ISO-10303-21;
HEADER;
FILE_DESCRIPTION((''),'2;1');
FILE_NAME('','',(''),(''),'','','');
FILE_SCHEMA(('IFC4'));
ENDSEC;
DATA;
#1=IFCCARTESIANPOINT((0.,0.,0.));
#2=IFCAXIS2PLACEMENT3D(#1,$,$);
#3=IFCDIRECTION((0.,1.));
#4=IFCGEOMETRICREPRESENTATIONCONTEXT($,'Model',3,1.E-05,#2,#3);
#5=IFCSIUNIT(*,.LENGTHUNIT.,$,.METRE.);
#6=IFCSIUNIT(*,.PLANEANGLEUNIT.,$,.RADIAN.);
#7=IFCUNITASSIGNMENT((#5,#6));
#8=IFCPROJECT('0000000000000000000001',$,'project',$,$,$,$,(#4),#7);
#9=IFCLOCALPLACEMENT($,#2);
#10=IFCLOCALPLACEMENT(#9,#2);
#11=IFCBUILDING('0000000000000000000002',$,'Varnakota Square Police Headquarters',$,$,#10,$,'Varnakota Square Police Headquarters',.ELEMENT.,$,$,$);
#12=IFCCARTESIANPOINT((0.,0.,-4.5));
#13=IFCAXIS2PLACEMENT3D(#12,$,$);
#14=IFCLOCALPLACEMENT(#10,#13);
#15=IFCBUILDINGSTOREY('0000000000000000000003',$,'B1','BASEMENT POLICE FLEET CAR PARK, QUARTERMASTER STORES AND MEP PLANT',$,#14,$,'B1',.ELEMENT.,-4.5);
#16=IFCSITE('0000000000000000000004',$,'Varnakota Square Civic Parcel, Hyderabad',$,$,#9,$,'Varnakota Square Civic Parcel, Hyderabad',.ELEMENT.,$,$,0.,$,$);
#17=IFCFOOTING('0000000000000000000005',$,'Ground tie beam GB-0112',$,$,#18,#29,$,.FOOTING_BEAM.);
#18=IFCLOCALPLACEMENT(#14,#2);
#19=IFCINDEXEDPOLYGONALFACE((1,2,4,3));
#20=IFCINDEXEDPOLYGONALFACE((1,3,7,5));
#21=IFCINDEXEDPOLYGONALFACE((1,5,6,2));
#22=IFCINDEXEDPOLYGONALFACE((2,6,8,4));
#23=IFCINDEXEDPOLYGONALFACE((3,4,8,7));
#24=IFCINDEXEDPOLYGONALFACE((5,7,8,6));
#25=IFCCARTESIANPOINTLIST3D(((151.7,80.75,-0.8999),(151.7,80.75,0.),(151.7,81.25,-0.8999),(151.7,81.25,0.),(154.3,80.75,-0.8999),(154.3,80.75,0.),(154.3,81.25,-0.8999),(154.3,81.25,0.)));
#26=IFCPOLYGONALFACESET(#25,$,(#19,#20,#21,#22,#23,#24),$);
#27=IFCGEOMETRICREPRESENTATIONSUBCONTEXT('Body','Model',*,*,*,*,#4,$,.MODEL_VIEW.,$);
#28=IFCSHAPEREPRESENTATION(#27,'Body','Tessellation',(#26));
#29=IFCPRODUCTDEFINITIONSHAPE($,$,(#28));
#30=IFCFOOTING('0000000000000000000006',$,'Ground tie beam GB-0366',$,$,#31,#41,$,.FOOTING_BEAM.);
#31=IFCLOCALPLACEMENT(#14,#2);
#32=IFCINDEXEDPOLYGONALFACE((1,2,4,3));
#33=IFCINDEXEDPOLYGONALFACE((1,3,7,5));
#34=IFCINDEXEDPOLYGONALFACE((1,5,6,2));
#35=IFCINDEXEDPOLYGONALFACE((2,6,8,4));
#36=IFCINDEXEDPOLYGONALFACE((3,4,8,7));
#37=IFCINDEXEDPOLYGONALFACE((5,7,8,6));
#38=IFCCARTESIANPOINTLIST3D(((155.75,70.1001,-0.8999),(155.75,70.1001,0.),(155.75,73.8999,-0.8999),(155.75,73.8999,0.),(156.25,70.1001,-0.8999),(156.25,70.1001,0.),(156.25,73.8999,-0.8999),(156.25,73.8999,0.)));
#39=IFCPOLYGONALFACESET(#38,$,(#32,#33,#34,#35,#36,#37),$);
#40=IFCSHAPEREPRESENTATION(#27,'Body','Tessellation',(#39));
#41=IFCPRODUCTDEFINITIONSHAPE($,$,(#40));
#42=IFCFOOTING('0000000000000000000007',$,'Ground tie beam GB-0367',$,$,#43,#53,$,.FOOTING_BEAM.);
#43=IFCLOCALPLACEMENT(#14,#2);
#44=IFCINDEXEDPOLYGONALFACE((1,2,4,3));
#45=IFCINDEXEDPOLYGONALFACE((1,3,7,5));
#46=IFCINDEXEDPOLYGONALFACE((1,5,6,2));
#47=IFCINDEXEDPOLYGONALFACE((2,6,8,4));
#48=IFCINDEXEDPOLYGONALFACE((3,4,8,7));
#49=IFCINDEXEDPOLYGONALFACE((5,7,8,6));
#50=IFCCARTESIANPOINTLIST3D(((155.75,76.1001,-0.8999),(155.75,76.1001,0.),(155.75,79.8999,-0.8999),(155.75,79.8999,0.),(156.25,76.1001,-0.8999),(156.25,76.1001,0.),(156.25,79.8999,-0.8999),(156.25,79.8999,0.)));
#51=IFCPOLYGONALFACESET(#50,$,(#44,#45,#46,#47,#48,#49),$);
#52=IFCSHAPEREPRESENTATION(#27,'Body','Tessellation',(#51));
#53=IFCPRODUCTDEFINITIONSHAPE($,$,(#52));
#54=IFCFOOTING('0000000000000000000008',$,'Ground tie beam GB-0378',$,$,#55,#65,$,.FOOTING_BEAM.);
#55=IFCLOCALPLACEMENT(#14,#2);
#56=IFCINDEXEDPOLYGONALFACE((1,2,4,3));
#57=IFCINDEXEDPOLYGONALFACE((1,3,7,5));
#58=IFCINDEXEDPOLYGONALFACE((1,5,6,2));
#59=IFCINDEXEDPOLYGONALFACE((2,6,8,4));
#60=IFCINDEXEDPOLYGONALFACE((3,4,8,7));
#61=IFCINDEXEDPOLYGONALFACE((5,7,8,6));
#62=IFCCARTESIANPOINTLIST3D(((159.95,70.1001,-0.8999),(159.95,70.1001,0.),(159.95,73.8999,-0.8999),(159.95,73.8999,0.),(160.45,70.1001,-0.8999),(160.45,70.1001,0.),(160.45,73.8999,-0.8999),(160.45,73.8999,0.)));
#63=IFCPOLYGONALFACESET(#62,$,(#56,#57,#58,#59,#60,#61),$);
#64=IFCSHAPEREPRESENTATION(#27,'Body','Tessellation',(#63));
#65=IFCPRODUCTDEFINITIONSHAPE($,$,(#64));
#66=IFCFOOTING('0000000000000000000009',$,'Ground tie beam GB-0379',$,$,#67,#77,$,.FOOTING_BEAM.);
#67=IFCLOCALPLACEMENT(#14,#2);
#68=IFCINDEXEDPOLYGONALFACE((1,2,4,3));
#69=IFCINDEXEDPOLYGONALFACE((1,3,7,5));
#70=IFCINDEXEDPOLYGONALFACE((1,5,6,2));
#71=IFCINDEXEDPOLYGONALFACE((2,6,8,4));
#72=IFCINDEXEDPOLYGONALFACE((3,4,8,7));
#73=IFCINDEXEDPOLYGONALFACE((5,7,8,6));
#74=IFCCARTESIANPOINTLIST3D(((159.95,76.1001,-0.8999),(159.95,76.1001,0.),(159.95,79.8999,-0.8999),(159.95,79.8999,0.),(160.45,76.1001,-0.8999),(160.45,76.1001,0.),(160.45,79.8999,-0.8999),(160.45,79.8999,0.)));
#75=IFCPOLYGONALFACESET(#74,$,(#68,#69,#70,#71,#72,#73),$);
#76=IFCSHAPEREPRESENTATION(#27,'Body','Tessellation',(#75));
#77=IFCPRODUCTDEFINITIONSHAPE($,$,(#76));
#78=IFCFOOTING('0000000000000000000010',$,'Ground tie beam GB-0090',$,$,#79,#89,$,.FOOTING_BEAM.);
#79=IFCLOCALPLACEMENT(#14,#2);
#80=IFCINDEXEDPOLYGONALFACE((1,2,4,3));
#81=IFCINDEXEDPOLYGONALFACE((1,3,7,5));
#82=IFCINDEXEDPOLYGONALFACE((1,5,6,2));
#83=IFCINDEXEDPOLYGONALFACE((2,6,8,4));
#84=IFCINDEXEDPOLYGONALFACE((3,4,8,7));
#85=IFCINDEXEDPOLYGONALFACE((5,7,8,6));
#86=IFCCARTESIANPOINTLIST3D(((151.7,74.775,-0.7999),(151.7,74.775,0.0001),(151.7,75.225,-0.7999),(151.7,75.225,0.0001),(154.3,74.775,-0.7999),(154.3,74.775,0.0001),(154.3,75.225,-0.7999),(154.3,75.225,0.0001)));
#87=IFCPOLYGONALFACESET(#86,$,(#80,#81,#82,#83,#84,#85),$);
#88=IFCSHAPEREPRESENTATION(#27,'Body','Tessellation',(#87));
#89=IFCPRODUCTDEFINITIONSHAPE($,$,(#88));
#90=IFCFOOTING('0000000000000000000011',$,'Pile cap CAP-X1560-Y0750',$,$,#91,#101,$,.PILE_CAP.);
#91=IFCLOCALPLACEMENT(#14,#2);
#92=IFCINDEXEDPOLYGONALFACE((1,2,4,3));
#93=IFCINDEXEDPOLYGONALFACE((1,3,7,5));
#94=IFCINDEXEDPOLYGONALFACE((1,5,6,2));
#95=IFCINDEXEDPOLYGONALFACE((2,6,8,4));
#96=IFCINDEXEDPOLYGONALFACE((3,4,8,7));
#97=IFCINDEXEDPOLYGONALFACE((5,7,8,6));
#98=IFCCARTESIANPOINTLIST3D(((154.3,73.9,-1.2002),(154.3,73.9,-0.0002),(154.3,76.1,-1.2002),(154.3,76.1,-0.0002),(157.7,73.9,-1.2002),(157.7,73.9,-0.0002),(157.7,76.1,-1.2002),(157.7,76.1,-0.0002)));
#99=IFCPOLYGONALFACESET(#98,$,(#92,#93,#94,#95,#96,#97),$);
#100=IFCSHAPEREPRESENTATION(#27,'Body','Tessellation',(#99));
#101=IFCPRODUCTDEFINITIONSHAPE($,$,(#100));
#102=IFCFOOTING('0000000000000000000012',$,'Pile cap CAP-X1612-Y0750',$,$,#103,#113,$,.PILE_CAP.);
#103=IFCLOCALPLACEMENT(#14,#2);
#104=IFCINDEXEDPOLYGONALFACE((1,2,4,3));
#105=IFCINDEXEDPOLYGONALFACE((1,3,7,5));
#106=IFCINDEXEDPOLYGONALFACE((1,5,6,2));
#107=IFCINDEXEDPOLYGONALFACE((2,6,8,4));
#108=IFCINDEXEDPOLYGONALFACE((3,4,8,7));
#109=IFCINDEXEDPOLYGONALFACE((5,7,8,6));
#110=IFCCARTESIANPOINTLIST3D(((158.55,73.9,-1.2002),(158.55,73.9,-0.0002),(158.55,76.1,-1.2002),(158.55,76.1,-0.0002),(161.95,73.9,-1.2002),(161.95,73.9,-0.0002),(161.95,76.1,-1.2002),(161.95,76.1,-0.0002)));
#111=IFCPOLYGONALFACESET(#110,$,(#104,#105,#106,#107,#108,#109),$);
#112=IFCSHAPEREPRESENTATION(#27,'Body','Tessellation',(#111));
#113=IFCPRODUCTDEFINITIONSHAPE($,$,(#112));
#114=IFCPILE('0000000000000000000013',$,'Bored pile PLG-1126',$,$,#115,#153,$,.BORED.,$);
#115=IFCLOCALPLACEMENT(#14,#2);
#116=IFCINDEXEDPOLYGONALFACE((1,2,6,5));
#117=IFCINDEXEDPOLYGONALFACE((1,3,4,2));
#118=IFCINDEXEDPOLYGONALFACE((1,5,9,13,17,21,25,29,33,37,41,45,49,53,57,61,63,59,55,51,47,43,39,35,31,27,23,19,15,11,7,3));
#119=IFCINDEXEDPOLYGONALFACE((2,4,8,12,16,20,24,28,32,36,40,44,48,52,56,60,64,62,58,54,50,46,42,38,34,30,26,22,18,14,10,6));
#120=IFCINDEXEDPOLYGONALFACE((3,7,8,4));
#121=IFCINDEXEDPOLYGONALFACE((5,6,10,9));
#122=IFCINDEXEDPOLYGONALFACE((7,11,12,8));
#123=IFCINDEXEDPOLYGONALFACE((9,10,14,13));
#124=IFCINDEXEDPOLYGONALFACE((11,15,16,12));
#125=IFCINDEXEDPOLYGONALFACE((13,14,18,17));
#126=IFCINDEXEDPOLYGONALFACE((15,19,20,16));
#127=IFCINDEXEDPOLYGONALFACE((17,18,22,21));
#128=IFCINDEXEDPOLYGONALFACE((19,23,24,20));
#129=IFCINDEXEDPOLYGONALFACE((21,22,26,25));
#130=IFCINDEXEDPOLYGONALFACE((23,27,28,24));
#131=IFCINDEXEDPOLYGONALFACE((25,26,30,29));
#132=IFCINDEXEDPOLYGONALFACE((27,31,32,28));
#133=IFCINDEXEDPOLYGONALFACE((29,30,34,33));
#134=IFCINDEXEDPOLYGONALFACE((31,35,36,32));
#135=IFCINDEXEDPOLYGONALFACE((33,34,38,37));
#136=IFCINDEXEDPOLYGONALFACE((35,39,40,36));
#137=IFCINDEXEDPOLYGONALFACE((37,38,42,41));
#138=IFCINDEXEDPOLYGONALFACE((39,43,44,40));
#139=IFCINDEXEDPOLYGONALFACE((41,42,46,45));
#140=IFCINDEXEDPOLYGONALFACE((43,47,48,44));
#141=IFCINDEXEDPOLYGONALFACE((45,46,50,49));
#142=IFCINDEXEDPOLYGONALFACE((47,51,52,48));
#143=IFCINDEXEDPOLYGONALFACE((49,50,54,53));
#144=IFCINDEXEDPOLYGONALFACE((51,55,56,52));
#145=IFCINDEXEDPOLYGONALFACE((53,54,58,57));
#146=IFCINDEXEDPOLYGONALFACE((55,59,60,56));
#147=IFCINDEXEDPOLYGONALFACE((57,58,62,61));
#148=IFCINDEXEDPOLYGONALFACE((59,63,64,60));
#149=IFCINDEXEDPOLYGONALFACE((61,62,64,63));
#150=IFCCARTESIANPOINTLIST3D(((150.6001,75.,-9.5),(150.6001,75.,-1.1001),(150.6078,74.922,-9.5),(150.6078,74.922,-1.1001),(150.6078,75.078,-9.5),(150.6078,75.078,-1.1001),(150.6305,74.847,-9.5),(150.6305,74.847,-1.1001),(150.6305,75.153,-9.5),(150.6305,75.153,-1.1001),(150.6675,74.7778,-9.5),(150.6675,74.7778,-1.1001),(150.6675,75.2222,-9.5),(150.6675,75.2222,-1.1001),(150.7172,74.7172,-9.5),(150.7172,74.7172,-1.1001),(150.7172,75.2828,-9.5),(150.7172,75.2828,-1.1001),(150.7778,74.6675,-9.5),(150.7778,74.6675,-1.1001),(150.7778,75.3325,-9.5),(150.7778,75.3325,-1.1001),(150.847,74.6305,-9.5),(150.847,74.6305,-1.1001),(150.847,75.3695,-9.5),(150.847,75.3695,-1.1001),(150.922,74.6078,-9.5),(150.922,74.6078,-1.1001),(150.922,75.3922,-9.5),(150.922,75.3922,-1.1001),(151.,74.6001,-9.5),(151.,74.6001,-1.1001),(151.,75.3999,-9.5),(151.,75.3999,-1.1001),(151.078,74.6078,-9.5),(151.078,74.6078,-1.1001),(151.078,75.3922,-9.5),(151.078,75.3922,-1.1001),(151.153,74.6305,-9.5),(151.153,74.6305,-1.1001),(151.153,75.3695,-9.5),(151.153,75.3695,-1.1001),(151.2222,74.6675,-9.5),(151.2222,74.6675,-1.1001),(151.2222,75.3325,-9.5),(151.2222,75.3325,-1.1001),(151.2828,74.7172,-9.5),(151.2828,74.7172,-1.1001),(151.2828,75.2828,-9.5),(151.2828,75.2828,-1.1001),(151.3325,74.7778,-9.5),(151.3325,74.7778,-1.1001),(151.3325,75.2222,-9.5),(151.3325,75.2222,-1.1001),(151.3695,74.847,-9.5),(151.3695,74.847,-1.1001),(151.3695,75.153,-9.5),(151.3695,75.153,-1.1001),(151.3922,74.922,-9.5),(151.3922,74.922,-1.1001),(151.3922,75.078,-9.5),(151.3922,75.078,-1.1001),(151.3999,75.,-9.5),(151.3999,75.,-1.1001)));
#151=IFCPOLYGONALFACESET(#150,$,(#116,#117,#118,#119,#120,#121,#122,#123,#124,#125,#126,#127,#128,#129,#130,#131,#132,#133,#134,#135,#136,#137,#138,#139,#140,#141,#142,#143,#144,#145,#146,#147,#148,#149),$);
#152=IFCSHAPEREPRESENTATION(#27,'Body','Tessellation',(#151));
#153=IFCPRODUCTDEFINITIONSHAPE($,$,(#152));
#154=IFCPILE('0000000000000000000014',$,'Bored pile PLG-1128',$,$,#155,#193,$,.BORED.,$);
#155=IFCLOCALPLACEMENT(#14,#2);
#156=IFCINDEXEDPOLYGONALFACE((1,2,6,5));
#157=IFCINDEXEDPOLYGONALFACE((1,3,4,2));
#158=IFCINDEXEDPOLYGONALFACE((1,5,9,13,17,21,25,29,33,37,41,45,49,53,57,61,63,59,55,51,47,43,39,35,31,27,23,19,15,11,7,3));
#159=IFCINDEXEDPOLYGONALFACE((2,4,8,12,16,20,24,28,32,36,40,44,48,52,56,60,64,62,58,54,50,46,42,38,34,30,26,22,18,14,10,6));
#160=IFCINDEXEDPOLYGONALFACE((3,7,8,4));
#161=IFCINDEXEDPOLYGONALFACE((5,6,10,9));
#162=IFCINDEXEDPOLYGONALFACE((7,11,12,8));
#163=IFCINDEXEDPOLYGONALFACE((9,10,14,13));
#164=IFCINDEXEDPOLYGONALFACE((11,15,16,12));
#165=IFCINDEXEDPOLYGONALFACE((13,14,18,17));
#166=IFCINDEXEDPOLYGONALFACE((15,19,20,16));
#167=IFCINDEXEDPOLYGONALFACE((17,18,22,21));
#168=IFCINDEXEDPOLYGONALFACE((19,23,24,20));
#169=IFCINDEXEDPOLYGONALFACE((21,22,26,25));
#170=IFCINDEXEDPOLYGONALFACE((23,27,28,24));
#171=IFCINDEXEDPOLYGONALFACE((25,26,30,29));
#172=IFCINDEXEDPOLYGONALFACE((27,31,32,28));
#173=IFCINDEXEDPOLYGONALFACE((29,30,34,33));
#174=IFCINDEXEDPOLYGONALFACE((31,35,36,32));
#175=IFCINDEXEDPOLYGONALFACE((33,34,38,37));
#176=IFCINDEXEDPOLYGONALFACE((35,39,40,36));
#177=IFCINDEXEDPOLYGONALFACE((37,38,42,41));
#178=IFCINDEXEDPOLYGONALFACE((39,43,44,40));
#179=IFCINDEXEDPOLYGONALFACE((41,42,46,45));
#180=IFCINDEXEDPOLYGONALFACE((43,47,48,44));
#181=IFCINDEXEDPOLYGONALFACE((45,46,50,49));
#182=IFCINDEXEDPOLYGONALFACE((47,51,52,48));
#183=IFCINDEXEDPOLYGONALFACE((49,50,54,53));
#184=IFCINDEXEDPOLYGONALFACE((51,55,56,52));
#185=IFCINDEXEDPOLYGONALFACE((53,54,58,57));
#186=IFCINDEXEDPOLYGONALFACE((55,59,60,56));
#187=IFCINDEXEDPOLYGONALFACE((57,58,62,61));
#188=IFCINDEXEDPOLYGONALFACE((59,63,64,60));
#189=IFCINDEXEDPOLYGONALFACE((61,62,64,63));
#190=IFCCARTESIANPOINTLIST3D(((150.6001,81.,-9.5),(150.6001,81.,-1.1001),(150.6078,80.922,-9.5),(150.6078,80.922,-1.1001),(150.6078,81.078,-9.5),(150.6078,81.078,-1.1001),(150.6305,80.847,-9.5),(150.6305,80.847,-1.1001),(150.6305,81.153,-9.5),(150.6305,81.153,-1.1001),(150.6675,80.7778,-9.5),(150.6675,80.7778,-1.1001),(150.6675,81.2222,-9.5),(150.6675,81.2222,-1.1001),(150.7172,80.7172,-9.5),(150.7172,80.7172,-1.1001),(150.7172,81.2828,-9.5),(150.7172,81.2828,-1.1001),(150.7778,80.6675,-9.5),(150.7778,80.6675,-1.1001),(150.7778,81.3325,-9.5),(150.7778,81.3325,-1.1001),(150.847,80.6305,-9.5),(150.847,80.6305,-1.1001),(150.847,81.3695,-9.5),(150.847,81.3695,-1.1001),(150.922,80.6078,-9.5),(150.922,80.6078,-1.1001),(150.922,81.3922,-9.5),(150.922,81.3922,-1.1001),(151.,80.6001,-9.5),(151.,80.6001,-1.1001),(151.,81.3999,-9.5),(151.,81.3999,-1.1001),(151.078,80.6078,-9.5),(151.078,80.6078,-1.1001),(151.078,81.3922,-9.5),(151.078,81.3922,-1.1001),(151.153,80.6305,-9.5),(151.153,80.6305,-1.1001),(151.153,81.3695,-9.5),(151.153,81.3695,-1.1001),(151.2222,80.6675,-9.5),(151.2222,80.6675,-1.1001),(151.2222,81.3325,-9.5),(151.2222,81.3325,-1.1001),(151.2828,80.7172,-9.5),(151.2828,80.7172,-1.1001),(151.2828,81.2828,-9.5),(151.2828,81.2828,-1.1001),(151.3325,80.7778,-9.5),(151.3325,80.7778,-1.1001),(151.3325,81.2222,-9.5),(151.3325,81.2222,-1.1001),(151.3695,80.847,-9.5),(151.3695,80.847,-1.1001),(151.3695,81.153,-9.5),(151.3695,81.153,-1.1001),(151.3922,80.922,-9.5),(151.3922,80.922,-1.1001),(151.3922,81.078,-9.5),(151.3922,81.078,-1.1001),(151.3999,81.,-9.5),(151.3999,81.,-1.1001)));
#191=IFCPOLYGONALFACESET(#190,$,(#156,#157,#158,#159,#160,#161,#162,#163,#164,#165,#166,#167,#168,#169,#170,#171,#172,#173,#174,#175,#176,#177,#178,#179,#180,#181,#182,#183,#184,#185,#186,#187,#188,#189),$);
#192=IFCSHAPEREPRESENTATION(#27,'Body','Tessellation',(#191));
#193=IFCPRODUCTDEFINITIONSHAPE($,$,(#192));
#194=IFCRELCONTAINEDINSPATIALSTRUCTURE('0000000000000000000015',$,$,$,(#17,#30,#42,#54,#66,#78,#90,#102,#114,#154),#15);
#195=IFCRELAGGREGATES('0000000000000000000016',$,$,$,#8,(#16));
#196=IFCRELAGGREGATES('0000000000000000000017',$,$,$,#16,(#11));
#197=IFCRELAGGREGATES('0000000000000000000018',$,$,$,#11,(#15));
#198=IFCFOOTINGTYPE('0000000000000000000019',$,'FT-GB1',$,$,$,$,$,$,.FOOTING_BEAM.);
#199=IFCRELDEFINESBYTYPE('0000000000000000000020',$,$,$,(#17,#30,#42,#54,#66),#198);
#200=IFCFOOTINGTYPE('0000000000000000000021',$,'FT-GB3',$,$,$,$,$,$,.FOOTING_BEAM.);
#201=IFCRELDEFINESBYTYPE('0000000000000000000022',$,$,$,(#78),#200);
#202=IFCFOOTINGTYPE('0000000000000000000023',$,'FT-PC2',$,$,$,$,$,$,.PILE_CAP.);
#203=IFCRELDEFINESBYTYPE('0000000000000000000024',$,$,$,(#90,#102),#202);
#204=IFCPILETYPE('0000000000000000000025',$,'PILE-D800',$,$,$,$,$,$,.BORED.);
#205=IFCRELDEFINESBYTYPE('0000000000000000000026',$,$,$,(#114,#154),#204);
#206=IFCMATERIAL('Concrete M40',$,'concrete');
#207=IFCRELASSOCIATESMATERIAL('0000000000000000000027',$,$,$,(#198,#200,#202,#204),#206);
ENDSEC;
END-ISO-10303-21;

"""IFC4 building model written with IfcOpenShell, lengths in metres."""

from ifc_helpers import new_model, si_unit, direction, frame, origin, origin_2d, place, context, subcontext, project, spatial, rectangle, circle, extrude, material, material_profile, profile_set, type_object, element, save


model = new_model("IFC4")

# Units and contexts
model_context = context("Model", 3, precision=1e-05, world=origin(), true_north=direction((0.0, 1.0)))
body_context = subcontext(model_context, "Body", "Model", "MODEL_VIEW")
ifc_project = project(units=[si_unit("LENGTHUNIT", "METRE"), si_unit("PLANEANGLEUNIT", "RADIAN")], contexts=[model_context])

# Site, building, storey
site_placement = place(None, origin())
site = spatial("IfcSite", under=ifc_project, at=site_placement, Name="Varnakota Square Civic Parcel, Hyderabad", LongName="Varnakota Square Civic Parcel, Hyderabad", CompositionType="ELEMENT", RefElevation=0.0)
building_placement = place(site_placement, origin())
building = spatial("IfcBuilding", under=site, at=building_placement, Name="Varnakota Square Police Headquarters", LongName="Varnakota Square Police Headquarters", CompositionType="ELEMENT")
storey_placement = place(building_placement, frame((0.0, 0.0, -4.5)))
storey = spatial("IfcBuildingStorey", under=building, at=storey_placement, Name="B1", Description="BASEMENT POLICE FLEET CAR PARK, QUARTERMASTER STORES AND MEP PLANT", LongName="B1", CompositionType="ELEMENT", Elevation=-4.5)

# Footings
ifc_material_1 = material(Name="Concrete M40", Category="concrete")
ifc_material_profile_1 = material_profile(ifc_material_1, rectangle(XDim=0.5, YDim=0.8999, at=origin_2d()), Name="GB 500x900")
ifc_profile_set_1 = profile_set([ifc_material_profile_1], Name="Concrete M40")
footing_type_1 = type_object("IfcFootingType", Name="FT-GB1", PredefinedType="FOOTING_BEAM", material=ifc_profile_set_1)
footing_1_placement = place(storey_placement, frame((151.7, 81.0, -0.45), z_axis=(1.0, 0.0, 0.0), x_axis=(0.0, 1.0, 0.0)))
element("IfcFooting", 1, at=footing_1_placement, inside=storey, type_object=footing_type_1, Name="Ground tie beam GB-0112", PredefinedType="FOOTING_BEAM", context=body_context, shape_type="SweptSolid", body=[
    extrude(rectangle(XDim=0.5, YDim=0.8999, at=origin_2d()), origin(), (0.0, 0.0, 1.0), 2.6001),
])
for number, where, z_axis, x_axis, name in (
    (2, (156.0, 70.1001, -0.45), (0.0, 1.0, 0.0), (-1.0, 0.0, 0.0), "Ground tie beam GB-0366"),
    (3, (156.0, 76.1001, -0.45), (0.0, 1.0, 0.0), (-1.0, 0.0, 0.0), "Ground tie beam GB-0367"),
    (4, (160.2, 70.1001, -0.45), (0.0, 1.0, 0.0), (-1.0, 0.0, 0.0), "Ground tie beam GB-0378"),
    (5, (160.2, 76.1001, -0.45), (0.0, 1.0, 0.0), (-1.0, 0.0, 0.0), "Ground tie beam GB-0379"),
):
    element("IfcFooting", number, at=place(storey_placement, frame(where, z_axis=z_axis, x_axis=x_axis)), inside=storey, type_object=footing_type_1, Name=name, PredefinedType="FOOTING_BEAM", context=body_context, shape_type="SweptSolid", body=[
        extrude(rectangle(XDim=0.5, YDim=0.8999, at=origin_2d()), origin(), (0.0, 0.0, 1.0), 3.7998),
    ])
ifc_material_profile_2 = material_profile(ifc_material_1, rectangle(XDim=0.45, YDim=0.8, at=origin_2d()), Name="GB 450x800")
ifc_profile_set_2 = profile_set([ifc_material_profile_2], Name="Concrete M40")
footing_type_2 = type_object("IfcFootingType", Name="FT-GB3", PredefinedType="FOOTING_BEAM", material=ifc_profile_set_2)
footing_2_placement = place(storey_placement, frame((151.7, 75.0, -0.3999), z_axis=(1.0, 0.0, 0.0), x_axis=(0.0, 1.0, 0.0)))
element("IfcFooting", 6, at=footing_2_placement, inside=storey, type_object=footing_type_2, Name="Ground tie beam GB-0090", PredefinedType="FOOTING_BEAM", context=body_context, shape_type="SweptSolid", body=[
    extrude(rectangle(XDim=0.45, YDim=0.8, at=origin_2d()), origin(), (0.0, 0.0, 1.0), 2.6001),
])
footing_type_3 = type_object("IfcFootingType", Name="FT-PC2", PredefinedType="PILE_CAP", material=ifc_material_1)
for number, where, z_axis, x_axis, name in (
    (7, (156.0, 75.0, -1.2002), (0.0, 0.0, 1.0), (1.0, 0.0, 0.0), "Pile cap CAP-X1560-Y0750"),
    (8, (160.25, 75.0, -1.2002), (0.0, 0.0, 1.0), (1.0, 0.0, 0.0), "Pile cap CAP-X1612-Y0750"),
):
    element("IfcFooting", number, at=place(storey_placement, frame(where, z_axis=z_axis, x_axis=x_axis)), inside=storey, type_object=footing_type_3, Name=name, PredefinedType="PILE_CAP", context=body_context, shape_type="SweptSolid", body=[
        extrude(rectangle(XDim=3.3999, YDim=2.2, at=origin_2d()), origin(), (0.0, 0.0, 1.0), 1.2),
    ])

# Piles
ifc_material_profile_3 = material_profile(ifc_material_1, circle(Radius=0.3999, at=origin_2d()), Name="BORED PILE 800")
ifc_profile_set_3 = profile_set([ifc_material_profile_3], Name="Concrete M40")
pile_type = type_object("IfcPileType", Name="PILE-D800", PredefinedType="BORED", material=ifc_profile_set_3)
for number, where, z_axis, x_axis, name in (
    (9, (151.0, 75.0, -1.1001), (0.0, 0.0, -1.0), (1.0, 0.0, 0.0), "Bored pile PLG-1126"),
    (10, (151.0, 81.0, -1.1001), (0.0, 0.0, -1.0), (1.0, 0.0, 0.0), "Bored pile PLG-1128"),
):
    element("IfcPile", number, at=place(storey_placement, frame(where, z_axis=z_axis, x_axis=x_axis)), inside=storey, type_object=pile_type, Name=name, PredefinedType="BORED", context=body_context, shape_type="SweptSolid", body=[
        extrude(circle(Radius=0.3999, at=origin_2d()), origin(), (0.0, 0.0, 1.0), 8.3999),
    ])

save(model, "model.ifc")
